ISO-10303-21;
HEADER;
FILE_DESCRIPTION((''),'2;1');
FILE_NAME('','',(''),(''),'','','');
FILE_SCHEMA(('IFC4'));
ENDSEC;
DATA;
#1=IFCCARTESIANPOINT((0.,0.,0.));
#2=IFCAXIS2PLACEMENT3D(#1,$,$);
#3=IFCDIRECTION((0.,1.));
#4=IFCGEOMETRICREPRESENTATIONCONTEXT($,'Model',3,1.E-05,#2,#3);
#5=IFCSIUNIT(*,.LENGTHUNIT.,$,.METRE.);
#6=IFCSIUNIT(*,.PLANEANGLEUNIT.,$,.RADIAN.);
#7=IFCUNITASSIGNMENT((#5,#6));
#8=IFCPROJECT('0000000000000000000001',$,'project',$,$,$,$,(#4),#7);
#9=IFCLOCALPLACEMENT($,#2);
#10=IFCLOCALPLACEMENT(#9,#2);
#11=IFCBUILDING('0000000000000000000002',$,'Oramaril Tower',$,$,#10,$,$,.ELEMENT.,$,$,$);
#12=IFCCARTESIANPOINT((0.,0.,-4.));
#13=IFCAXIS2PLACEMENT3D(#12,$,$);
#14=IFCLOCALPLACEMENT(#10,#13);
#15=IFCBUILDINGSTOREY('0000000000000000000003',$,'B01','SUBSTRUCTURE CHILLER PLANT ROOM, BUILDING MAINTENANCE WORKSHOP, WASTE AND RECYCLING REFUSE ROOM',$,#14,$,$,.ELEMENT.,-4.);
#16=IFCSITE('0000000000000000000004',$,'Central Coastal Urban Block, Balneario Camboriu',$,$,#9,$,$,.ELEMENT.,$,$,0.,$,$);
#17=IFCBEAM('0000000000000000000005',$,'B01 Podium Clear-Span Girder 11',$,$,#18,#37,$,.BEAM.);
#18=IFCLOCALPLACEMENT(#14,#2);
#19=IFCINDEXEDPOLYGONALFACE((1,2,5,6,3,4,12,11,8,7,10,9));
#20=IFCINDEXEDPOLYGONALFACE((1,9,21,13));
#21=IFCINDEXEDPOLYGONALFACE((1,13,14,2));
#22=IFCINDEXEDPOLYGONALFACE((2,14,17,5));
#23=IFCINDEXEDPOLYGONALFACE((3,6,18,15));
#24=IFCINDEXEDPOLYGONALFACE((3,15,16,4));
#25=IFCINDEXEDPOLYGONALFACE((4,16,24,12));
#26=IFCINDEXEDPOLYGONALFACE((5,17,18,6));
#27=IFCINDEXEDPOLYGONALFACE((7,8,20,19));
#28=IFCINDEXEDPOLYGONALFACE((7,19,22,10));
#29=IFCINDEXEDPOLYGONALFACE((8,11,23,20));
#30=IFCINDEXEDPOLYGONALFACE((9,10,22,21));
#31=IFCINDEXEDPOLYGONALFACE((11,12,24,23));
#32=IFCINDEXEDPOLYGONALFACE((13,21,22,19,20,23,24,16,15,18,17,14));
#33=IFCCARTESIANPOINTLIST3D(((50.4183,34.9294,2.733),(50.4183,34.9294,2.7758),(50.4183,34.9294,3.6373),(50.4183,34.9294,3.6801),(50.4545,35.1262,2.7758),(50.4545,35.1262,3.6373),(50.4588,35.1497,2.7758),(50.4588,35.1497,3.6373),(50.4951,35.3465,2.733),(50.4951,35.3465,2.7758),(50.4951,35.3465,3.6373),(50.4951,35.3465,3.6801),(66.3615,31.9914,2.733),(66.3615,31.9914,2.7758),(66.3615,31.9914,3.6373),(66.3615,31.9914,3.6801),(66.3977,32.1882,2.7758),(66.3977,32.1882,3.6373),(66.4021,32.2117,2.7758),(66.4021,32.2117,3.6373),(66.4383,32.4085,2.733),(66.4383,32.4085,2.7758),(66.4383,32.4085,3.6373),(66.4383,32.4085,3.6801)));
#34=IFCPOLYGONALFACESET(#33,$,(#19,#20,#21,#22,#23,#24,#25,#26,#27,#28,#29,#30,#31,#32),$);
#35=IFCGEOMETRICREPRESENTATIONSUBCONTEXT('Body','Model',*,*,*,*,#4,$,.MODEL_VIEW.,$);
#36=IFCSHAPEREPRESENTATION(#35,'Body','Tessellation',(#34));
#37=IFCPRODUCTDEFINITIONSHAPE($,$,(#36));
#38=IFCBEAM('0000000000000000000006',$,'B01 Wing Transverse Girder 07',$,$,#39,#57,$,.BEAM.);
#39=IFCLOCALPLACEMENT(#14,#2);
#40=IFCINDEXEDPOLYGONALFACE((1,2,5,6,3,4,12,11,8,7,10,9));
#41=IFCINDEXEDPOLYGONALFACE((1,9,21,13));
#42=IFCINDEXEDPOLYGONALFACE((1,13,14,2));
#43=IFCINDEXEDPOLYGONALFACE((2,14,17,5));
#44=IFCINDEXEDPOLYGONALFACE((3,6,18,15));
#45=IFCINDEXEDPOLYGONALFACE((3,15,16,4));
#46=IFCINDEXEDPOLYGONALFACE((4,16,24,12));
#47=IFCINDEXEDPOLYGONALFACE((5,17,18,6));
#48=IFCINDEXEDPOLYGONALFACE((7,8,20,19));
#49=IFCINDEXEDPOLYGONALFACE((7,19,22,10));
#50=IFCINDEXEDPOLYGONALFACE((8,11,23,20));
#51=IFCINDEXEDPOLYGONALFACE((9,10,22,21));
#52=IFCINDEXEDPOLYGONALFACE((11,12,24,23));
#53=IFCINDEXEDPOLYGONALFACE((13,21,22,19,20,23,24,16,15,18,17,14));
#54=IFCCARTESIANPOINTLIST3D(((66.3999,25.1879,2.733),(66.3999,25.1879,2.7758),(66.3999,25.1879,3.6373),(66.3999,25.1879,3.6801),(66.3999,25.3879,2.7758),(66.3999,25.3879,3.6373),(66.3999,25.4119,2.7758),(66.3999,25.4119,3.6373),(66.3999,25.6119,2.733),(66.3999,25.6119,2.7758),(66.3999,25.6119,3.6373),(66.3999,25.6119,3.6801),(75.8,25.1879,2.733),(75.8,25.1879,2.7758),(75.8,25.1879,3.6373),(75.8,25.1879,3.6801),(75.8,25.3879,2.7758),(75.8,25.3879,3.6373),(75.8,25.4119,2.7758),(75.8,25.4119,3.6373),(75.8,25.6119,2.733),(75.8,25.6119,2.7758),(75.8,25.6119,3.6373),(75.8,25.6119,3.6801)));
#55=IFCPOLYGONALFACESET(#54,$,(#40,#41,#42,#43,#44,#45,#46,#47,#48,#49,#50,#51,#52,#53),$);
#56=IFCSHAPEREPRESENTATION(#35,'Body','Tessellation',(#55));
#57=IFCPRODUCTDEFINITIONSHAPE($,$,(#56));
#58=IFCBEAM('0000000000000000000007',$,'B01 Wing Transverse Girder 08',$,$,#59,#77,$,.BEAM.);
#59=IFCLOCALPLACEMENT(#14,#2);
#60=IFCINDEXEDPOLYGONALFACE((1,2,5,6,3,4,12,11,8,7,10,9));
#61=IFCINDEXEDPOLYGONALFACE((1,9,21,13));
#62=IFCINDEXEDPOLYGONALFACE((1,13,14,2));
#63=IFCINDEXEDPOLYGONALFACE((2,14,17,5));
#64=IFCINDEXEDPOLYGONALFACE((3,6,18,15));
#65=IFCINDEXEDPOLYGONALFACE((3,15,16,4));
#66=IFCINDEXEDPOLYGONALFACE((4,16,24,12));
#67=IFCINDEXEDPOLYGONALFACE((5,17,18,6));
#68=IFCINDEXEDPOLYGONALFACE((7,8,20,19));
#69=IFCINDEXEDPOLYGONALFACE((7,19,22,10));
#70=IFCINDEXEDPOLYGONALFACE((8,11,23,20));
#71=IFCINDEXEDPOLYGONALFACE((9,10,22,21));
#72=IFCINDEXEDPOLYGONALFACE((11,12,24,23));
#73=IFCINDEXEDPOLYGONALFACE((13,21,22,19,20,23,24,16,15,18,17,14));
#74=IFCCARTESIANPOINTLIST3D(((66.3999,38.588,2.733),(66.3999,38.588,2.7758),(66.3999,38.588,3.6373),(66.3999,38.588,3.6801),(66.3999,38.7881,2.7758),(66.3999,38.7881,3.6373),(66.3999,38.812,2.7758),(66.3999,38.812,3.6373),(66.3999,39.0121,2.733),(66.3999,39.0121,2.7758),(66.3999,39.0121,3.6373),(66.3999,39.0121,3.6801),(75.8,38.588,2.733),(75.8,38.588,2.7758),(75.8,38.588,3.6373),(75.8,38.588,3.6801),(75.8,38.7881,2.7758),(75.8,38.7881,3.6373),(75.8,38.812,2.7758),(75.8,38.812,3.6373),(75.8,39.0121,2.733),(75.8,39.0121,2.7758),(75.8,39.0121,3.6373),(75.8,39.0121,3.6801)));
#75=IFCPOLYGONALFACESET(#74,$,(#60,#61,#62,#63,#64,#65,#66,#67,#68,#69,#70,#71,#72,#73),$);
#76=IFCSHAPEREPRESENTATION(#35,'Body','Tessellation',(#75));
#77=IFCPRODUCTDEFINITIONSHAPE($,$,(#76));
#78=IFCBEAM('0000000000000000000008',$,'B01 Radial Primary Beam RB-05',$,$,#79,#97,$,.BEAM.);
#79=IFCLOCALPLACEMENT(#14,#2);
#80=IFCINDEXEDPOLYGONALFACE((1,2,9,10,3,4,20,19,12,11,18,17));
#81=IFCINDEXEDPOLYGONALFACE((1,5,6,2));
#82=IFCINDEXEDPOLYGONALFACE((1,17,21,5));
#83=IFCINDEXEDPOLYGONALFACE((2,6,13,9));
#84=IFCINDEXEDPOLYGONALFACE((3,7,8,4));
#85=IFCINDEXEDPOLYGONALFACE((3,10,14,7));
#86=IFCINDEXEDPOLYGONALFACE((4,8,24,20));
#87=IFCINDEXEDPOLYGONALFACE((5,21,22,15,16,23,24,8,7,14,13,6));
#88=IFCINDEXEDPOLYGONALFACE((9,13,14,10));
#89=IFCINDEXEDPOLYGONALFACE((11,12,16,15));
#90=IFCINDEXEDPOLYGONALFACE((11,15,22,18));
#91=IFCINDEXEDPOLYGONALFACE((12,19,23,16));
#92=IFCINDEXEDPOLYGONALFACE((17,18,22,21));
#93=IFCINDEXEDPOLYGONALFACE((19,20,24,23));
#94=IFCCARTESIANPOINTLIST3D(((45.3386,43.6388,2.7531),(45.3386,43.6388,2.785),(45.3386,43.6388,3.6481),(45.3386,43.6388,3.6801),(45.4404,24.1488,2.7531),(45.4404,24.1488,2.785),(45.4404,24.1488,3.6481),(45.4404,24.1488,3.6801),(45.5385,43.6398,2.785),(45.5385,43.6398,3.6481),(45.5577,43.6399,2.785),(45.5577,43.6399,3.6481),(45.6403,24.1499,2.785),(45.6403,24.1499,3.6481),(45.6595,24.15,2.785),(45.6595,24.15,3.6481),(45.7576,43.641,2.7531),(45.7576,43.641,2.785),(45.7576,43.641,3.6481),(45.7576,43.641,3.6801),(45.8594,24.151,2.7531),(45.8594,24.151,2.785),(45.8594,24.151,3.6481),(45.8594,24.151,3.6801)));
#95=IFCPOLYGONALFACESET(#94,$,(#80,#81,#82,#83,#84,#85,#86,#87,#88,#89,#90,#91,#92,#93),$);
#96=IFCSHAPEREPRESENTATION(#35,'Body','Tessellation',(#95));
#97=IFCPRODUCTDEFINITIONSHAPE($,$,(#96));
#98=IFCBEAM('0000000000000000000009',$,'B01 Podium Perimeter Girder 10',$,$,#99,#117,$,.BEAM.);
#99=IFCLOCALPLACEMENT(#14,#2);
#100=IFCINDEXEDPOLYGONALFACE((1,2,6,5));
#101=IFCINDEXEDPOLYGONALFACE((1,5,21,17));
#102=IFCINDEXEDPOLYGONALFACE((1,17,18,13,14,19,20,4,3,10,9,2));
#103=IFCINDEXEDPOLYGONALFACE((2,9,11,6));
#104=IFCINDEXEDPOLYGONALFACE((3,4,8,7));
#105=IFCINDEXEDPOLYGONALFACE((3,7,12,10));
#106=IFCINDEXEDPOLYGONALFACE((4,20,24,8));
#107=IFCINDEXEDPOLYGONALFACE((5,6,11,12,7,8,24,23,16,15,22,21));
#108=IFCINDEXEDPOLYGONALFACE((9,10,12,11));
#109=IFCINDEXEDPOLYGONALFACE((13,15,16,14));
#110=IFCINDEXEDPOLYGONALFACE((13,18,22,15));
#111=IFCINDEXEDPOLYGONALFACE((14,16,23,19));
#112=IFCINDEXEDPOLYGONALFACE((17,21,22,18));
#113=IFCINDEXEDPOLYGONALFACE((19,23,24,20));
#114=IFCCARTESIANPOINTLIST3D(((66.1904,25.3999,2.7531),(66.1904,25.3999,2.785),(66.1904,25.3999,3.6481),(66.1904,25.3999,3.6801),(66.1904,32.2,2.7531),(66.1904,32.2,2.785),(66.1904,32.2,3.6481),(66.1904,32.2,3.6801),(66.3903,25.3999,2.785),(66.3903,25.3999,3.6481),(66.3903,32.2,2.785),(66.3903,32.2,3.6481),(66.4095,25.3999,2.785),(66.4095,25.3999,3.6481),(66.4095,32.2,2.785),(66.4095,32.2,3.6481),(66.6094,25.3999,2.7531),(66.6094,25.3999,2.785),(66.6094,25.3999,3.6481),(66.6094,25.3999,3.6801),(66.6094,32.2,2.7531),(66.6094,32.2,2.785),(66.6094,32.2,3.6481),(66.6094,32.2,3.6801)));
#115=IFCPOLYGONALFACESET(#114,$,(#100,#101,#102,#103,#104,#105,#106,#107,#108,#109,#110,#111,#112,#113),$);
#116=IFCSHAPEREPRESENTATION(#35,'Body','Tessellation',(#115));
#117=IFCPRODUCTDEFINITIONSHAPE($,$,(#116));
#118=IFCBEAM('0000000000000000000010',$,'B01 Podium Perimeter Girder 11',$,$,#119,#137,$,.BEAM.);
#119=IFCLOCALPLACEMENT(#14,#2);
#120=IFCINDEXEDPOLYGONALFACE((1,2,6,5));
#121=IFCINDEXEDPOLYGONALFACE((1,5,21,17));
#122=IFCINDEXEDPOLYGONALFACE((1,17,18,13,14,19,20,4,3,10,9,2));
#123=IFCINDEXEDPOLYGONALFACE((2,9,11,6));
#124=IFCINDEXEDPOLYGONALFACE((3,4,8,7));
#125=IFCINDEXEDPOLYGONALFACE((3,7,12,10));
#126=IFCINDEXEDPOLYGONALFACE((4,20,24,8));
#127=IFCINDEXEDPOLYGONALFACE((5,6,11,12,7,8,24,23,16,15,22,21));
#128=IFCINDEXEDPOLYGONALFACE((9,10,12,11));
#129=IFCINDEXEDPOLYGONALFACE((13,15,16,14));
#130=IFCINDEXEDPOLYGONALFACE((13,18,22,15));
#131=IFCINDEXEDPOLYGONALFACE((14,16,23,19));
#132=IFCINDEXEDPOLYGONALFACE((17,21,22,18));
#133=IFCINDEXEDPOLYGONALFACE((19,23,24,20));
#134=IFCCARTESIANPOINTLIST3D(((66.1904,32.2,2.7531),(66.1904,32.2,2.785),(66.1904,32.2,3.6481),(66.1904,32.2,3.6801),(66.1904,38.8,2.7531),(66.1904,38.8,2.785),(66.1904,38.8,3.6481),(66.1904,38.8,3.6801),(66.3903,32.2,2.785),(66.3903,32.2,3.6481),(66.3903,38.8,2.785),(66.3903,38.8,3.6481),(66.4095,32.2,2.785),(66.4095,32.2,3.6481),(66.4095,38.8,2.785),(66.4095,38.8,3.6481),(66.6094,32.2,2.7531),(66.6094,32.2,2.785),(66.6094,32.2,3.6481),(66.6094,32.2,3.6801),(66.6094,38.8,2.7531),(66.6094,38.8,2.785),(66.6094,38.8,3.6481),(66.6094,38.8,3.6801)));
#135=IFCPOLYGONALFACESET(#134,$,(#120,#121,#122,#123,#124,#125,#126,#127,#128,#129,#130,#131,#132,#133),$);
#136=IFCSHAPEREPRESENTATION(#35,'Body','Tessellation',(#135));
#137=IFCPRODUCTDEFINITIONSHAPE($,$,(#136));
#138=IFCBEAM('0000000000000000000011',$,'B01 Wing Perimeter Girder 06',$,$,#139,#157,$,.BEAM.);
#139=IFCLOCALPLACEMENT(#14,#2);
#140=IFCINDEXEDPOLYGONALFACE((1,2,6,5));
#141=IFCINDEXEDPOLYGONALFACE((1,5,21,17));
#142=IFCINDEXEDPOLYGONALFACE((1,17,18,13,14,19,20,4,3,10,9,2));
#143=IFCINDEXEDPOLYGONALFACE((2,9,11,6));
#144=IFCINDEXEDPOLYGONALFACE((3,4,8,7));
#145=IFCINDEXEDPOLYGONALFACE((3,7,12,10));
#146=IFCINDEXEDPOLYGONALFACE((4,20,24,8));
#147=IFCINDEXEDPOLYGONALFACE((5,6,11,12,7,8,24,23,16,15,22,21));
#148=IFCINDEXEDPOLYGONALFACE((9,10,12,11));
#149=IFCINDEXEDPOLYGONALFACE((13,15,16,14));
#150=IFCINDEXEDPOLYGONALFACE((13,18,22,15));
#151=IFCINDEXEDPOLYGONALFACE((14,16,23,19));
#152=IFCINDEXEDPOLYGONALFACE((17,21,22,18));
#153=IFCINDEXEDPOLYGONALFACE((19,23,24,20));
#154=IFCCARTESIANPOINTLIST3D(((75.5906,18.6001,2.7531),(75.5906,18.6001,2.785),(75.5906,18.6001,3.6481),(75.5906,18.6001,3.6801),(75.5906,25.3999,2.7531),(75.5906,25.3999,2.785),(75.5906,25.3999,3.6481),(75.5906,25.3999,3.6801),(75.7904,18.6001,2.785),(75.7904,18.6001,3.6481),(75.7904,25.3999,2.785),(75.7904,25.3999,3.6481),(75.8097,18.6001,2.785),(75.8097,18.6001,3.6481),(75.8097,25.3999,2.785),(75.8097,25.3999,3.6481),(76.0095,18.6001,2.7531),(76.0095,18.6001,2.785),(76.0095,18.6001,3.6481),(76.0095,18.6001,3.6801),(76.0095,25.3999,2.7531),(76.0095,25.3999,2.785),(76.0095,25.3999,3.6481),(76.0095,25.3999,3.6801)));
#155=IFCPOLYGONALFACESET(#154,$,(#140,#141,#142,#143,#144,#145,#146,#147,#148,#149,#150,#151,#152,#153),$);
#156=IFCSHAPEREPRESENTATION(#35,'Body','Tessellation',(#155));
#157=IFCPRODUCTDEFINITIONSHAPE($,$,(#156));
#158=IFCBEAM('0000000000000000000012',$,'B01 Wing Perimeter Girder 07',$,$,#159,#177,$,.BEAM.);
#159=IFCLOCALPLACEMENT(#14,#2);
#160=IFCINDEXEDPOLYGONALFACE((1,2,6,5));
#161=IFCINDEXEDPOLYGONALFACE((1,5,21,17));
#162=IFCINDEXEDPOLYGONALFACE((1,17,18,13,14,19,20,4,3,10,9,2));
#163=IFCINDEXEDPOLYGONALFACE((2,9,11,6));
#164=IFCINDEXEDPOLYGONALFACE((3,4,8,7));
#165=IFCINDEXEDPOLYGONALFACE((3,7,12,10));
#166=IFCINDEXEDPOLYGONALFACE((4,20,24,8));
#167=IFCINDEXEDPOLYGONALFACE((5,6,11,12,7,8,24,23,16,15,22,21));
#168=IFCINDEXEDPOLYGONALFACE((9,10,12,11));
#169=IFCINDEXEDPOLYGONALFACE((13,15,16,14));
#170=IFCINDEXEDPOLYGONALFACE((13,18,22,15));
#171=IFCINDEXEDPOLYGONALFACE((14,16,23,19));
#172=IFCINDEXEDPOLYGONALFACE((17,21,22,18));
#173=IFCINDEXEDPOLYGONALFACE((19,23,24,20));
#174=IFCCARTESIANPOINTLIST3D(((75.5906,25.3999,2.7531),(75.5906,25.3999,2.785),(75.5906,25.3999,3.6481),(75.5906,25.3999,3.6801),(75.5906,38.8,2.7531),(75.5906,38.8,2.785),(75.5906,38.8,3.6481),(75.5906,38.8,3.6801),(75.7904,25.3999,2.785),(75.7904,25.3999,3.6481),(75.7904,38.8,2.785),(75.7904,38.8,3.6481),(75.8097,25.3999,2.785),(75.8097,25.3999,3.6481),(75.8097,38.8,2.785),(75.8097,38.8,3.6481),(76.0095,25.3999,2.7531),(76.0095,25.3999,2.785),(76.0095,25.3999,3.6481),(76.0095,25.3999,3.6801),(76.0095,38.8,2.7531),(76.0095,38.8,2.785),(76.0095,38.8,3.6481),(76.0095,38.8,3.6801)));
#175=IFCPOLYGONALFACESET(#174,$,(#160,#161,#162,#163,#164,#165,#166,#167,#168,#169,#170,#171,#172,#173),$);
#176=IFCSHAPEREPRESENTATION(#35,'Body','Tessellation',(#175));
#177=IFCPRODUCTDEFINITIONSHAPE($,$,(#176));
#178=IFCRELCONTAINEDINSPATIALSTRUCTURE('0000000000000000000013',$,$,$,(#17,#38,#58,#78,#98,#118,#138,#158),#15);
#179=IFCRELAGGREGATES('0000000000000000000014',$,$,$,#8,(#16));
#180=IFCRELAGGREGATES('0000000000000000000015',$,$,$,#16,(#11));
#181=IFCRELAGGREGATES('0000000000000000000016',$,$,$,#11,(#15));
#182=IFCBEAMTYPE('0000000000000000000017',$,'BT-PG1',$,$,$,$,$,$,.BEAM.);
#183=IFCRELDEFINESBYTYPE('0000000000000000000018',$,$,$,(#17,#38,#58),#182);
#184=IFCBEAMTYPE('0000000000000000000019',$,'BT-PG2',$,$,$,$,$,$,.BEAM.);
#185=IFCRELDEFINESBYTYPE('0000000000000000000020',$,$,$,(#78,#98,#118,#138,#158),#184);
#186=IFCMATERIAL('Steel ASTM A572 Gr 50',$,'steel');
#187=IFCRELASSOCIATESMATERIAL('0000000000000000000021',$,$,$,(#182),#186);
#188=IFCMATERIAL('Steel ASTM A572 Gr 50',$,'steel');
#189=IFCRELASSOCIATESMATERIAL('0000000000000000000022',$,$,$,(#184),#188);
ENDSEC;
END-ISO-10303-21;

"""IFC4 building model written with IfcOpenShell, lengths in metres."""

from ifc_helpers import new_model, si_unit, direction, frame, origin, origin_2d, place, context, subcontext, project, spatial, i_section, extrude, material, material_profile, profile_set, type_object, element, save


model = new_model("IFC4")

# Units and contexts
model_context = context("Model", 3, precision=1e-05, world=origin(), true_north=direction((0.0, 1.0)))
body_context = subcontext(model_context, "Body", "Model", "MODEL_VIEW")
ifc_project = project(units=[si_unit("LENGTHUNIT", "METRE"), si_unit("PLANEANGLEUNIT", "RADIAN")], contexts=[model_context])

# Site, building, storey
site_placement = place(None, origin())
site = spatial("IfcSite", under=ifc_project, at=site_placement, Name="Central Coastal Urban Block, Balneario Camboriu", CompositionType="ELEMENT", RefElevation=0.0)
building_placement = place(site_placement, origin())
building = spatial("IfcBuilding", under=site, at=building_placement, Name="Oramaril Tower", CompositionType="ELEMENT")
storey_placement = place(building_placement, frame((0.0, 0.0, -4.0)))
storey = spatial("IfcBuildingStorey", under=building, at=storey_placement, Name="B01", Description="SUBSTRUCTURE CHILLER PLANT ROOM, BUILDING MAINTENANCE WORKSHOP, WASTE AND RECYCLING REFUSE ROOM", CompositionType="ELEMENT", Elevation=-4.0)

# Beams
ifc_material_1 = material(Name="Steel ASTM A572 Gr 50", Category="steel")
ifc_material_profile_1 = material_profile(ifc_material_1, i_section(OverallWidth=0.4241, OverallDepth=0.947, WebThickness=0.0239, FlangeThickness=0.0427, at=origin_2d()), Name="W36X302")
ifc_profile_set_1 = profile_set([ifc_material_profile_1], Name="Steel ASTM A572 Gr 50")
beam_type_1 = type_object("IfcBeamType", Name="BT-PG1", PredefinedType="BEAM", material=ifc_profile_set_1)
beam_1_placement = place(storey_placement, frame((66.3999, 32.2, 3.2065), z_axis=(-0.983441, 0.181228, 0.0), x_axis=(-0.181228, -0.983441, 0.0)))
element("IfcBeam", 1, at=beam_1_placement, inside=storey, type_object=beam_type_1, Name="B01 Podium Clear-Span Girder 11", PredefinedType="BEAM", context=body_context, shape_type="SweptSolid", body=[
    extrude(i_section(OverallWidth=0.4241, OverallDepth=0.947, WebThickness=0.0239, FlangeThickness=0.0427, at=origin_2d()), origin(), (0.0, 0.0, 1.0), 16.2117),
])
for number, where, z_axis, x_axis, name in (
    (2, (66.3999, 25.3999, 3.2065), (1.0, 0.0, 0.0), (0.0, 1.0, 0.0), "B01 Wing Transverse Girder 07"),
    (3, (66.3999, 38.8, 3.2065), (1.0, 0.0, 0.0), (0.0, 1.0, 0.0), "B01 Wing Transverse Girder 08"),
):
    element("IfcBeam", number, at=place(storey_placement, frame(where, z_axis=z_axis, x_axis=x_axis)), inside=storey, type_object=beam_type_1, Name=name, PredefinedType="BEAM", context=body_context, shape_type="SweptSolid", body=[
        extrude(i_section(OverallWidth=0.4241, OverallDepth=0.947, WebThickness=0.0239, FlangeThickness=0.0427, at=origin_2d()), origin(), (0.0, 0.0, 1.0), 9.4001),
    ])
ifc_material_2 = material(Name="Steel ASTM A572 Gr 50", Category="steel")
ifc_material_profile_2 = material_profile(ifc_material_2, i_section(OverallWidth=0.4189, OverallDepth=0.927, WebThickness=0.0193, FlangeThickness=0.032, at=origin_2d()), Name="W36X231")
ifc_profile_set_2 = profile_set([ifc_material_profile_2], Name="Steel ASTM A572 Gr 50")
beam_type_2 = type_object("IfcBeamType", Name="BT-PG2", PredefinedType="BEAM", material=ifc_profile_set_2)
beam_2_placement = place(storey_placement, frame((45.6499, 24.1499, 3.2166), z_axis=(-0.005223, 0.999986, 0.0), x_axis=(-0.999986, -0.005223, 0.0)))
element("IfcBeam", 4, at=beam_2_placement, inside=storey, type_object=beam_type_2, Name="B01 Radial Primary Beam RB-05", PredefinedType="BEAM", context=body_context, shape_type="SweptSolid", body=[
    extrude(i_section(OverallWidth=0.4189, OverallDepth=0.927, WebThickness=0.0193, FlangeThickness=0.032, at=origin_2d()), origin(), (0.0, 0.0, 1.0), 19.4902),
])
beam_3_placement = place(storey_placement, frame((66.3999, 25.3999, 3.2166), z_axis=(0.0, 1.0, 0.0), x_axis=(-1.0, 0.0, 0.0)))
element("IfcBeam", 5, at=beam_3_placement, inside=storey, type_object=beam_type_2, Name="B01 Podium Perimeter Girder 10", PredefinedType="BEAM", context=body_context, shape_type="SweptSolid", body=[
    extrude(i_section(OverallWidth=0.4189, OverallDepth=0.927, WebThickness=0.0193, FlangeThickness=0.032, at=origin_2d()), origin(), (0.0, 0.0, 1.0), 6.8),
])
beam_4_placement = place(storey_placement, frame((66.3999, 32.2, 3.2166), z_axis=(0.0, 1.0, 0.0), x_axis=(-1.0, 0.0, 0.0)))
element("IfcBeam", 6, at=beam_4_placement, inside=storey, type_object=beam_type_2, Name="B01 Podium Perimeter Girder 11", PredefinedType="BEAM", context=body_context, shape_type="SweptSolid", body=[
    extrude(i_section(OverallWidth=0.4189, OverallDepth=0.927, WebThickness=0.0193, FlangeThickness=0.032, at=origin_2d()), origin(), (0.0, 0.0, 1.0), 6.6001),
])
beam_5_placement = place(storey_placement, frame((75.8, 18.6001, 3.2166), z_axis=(0.0, 1.0, 0.0), x_axis=(-1.0, 0.0, 0.0)))
element("IfcBeam", 7, at=beam_5_placement, inside=storey, type_object=beam_type_2, Name="B01 Wing Perimeter Girder 06", PredefinedType="BEAM", context=body_context, shape_type="SweptSolid", body=[
    extrude(i_section(OverallWidth=0.4189, OverallDepth=0.927, WebThickness=0.0193, FlangeThickness=0.032, at=origin_2d()), origin(), (0.0, 0.0, 1.0), 6.7998),
])
beam_6_placement = place(storey_placement, frame((75.8, 25.3999, 3.2166), z_axis=(0.0, 1.0, 0.0), x_axis=(-1.0, 0.0, 0.0)))
element("IfcBeam", 8, at=beam_6_placement, inside=storey, type_object=beam_type_2, Name="B01 Wing Perimeter Girder 07", PredefinedType="BEAM", context=body_context, shape_type="SweptSolid", body=[
    extrude(i_section(OverallWidth=0.4189, OverallDepth=0.927, WebThickness=0.0193, FlangeThickness=0.032, at=origin_2d()), origin(), (0.0, 0.0, 1.0), 13.4001),
])

save(model, "model.ifc")
